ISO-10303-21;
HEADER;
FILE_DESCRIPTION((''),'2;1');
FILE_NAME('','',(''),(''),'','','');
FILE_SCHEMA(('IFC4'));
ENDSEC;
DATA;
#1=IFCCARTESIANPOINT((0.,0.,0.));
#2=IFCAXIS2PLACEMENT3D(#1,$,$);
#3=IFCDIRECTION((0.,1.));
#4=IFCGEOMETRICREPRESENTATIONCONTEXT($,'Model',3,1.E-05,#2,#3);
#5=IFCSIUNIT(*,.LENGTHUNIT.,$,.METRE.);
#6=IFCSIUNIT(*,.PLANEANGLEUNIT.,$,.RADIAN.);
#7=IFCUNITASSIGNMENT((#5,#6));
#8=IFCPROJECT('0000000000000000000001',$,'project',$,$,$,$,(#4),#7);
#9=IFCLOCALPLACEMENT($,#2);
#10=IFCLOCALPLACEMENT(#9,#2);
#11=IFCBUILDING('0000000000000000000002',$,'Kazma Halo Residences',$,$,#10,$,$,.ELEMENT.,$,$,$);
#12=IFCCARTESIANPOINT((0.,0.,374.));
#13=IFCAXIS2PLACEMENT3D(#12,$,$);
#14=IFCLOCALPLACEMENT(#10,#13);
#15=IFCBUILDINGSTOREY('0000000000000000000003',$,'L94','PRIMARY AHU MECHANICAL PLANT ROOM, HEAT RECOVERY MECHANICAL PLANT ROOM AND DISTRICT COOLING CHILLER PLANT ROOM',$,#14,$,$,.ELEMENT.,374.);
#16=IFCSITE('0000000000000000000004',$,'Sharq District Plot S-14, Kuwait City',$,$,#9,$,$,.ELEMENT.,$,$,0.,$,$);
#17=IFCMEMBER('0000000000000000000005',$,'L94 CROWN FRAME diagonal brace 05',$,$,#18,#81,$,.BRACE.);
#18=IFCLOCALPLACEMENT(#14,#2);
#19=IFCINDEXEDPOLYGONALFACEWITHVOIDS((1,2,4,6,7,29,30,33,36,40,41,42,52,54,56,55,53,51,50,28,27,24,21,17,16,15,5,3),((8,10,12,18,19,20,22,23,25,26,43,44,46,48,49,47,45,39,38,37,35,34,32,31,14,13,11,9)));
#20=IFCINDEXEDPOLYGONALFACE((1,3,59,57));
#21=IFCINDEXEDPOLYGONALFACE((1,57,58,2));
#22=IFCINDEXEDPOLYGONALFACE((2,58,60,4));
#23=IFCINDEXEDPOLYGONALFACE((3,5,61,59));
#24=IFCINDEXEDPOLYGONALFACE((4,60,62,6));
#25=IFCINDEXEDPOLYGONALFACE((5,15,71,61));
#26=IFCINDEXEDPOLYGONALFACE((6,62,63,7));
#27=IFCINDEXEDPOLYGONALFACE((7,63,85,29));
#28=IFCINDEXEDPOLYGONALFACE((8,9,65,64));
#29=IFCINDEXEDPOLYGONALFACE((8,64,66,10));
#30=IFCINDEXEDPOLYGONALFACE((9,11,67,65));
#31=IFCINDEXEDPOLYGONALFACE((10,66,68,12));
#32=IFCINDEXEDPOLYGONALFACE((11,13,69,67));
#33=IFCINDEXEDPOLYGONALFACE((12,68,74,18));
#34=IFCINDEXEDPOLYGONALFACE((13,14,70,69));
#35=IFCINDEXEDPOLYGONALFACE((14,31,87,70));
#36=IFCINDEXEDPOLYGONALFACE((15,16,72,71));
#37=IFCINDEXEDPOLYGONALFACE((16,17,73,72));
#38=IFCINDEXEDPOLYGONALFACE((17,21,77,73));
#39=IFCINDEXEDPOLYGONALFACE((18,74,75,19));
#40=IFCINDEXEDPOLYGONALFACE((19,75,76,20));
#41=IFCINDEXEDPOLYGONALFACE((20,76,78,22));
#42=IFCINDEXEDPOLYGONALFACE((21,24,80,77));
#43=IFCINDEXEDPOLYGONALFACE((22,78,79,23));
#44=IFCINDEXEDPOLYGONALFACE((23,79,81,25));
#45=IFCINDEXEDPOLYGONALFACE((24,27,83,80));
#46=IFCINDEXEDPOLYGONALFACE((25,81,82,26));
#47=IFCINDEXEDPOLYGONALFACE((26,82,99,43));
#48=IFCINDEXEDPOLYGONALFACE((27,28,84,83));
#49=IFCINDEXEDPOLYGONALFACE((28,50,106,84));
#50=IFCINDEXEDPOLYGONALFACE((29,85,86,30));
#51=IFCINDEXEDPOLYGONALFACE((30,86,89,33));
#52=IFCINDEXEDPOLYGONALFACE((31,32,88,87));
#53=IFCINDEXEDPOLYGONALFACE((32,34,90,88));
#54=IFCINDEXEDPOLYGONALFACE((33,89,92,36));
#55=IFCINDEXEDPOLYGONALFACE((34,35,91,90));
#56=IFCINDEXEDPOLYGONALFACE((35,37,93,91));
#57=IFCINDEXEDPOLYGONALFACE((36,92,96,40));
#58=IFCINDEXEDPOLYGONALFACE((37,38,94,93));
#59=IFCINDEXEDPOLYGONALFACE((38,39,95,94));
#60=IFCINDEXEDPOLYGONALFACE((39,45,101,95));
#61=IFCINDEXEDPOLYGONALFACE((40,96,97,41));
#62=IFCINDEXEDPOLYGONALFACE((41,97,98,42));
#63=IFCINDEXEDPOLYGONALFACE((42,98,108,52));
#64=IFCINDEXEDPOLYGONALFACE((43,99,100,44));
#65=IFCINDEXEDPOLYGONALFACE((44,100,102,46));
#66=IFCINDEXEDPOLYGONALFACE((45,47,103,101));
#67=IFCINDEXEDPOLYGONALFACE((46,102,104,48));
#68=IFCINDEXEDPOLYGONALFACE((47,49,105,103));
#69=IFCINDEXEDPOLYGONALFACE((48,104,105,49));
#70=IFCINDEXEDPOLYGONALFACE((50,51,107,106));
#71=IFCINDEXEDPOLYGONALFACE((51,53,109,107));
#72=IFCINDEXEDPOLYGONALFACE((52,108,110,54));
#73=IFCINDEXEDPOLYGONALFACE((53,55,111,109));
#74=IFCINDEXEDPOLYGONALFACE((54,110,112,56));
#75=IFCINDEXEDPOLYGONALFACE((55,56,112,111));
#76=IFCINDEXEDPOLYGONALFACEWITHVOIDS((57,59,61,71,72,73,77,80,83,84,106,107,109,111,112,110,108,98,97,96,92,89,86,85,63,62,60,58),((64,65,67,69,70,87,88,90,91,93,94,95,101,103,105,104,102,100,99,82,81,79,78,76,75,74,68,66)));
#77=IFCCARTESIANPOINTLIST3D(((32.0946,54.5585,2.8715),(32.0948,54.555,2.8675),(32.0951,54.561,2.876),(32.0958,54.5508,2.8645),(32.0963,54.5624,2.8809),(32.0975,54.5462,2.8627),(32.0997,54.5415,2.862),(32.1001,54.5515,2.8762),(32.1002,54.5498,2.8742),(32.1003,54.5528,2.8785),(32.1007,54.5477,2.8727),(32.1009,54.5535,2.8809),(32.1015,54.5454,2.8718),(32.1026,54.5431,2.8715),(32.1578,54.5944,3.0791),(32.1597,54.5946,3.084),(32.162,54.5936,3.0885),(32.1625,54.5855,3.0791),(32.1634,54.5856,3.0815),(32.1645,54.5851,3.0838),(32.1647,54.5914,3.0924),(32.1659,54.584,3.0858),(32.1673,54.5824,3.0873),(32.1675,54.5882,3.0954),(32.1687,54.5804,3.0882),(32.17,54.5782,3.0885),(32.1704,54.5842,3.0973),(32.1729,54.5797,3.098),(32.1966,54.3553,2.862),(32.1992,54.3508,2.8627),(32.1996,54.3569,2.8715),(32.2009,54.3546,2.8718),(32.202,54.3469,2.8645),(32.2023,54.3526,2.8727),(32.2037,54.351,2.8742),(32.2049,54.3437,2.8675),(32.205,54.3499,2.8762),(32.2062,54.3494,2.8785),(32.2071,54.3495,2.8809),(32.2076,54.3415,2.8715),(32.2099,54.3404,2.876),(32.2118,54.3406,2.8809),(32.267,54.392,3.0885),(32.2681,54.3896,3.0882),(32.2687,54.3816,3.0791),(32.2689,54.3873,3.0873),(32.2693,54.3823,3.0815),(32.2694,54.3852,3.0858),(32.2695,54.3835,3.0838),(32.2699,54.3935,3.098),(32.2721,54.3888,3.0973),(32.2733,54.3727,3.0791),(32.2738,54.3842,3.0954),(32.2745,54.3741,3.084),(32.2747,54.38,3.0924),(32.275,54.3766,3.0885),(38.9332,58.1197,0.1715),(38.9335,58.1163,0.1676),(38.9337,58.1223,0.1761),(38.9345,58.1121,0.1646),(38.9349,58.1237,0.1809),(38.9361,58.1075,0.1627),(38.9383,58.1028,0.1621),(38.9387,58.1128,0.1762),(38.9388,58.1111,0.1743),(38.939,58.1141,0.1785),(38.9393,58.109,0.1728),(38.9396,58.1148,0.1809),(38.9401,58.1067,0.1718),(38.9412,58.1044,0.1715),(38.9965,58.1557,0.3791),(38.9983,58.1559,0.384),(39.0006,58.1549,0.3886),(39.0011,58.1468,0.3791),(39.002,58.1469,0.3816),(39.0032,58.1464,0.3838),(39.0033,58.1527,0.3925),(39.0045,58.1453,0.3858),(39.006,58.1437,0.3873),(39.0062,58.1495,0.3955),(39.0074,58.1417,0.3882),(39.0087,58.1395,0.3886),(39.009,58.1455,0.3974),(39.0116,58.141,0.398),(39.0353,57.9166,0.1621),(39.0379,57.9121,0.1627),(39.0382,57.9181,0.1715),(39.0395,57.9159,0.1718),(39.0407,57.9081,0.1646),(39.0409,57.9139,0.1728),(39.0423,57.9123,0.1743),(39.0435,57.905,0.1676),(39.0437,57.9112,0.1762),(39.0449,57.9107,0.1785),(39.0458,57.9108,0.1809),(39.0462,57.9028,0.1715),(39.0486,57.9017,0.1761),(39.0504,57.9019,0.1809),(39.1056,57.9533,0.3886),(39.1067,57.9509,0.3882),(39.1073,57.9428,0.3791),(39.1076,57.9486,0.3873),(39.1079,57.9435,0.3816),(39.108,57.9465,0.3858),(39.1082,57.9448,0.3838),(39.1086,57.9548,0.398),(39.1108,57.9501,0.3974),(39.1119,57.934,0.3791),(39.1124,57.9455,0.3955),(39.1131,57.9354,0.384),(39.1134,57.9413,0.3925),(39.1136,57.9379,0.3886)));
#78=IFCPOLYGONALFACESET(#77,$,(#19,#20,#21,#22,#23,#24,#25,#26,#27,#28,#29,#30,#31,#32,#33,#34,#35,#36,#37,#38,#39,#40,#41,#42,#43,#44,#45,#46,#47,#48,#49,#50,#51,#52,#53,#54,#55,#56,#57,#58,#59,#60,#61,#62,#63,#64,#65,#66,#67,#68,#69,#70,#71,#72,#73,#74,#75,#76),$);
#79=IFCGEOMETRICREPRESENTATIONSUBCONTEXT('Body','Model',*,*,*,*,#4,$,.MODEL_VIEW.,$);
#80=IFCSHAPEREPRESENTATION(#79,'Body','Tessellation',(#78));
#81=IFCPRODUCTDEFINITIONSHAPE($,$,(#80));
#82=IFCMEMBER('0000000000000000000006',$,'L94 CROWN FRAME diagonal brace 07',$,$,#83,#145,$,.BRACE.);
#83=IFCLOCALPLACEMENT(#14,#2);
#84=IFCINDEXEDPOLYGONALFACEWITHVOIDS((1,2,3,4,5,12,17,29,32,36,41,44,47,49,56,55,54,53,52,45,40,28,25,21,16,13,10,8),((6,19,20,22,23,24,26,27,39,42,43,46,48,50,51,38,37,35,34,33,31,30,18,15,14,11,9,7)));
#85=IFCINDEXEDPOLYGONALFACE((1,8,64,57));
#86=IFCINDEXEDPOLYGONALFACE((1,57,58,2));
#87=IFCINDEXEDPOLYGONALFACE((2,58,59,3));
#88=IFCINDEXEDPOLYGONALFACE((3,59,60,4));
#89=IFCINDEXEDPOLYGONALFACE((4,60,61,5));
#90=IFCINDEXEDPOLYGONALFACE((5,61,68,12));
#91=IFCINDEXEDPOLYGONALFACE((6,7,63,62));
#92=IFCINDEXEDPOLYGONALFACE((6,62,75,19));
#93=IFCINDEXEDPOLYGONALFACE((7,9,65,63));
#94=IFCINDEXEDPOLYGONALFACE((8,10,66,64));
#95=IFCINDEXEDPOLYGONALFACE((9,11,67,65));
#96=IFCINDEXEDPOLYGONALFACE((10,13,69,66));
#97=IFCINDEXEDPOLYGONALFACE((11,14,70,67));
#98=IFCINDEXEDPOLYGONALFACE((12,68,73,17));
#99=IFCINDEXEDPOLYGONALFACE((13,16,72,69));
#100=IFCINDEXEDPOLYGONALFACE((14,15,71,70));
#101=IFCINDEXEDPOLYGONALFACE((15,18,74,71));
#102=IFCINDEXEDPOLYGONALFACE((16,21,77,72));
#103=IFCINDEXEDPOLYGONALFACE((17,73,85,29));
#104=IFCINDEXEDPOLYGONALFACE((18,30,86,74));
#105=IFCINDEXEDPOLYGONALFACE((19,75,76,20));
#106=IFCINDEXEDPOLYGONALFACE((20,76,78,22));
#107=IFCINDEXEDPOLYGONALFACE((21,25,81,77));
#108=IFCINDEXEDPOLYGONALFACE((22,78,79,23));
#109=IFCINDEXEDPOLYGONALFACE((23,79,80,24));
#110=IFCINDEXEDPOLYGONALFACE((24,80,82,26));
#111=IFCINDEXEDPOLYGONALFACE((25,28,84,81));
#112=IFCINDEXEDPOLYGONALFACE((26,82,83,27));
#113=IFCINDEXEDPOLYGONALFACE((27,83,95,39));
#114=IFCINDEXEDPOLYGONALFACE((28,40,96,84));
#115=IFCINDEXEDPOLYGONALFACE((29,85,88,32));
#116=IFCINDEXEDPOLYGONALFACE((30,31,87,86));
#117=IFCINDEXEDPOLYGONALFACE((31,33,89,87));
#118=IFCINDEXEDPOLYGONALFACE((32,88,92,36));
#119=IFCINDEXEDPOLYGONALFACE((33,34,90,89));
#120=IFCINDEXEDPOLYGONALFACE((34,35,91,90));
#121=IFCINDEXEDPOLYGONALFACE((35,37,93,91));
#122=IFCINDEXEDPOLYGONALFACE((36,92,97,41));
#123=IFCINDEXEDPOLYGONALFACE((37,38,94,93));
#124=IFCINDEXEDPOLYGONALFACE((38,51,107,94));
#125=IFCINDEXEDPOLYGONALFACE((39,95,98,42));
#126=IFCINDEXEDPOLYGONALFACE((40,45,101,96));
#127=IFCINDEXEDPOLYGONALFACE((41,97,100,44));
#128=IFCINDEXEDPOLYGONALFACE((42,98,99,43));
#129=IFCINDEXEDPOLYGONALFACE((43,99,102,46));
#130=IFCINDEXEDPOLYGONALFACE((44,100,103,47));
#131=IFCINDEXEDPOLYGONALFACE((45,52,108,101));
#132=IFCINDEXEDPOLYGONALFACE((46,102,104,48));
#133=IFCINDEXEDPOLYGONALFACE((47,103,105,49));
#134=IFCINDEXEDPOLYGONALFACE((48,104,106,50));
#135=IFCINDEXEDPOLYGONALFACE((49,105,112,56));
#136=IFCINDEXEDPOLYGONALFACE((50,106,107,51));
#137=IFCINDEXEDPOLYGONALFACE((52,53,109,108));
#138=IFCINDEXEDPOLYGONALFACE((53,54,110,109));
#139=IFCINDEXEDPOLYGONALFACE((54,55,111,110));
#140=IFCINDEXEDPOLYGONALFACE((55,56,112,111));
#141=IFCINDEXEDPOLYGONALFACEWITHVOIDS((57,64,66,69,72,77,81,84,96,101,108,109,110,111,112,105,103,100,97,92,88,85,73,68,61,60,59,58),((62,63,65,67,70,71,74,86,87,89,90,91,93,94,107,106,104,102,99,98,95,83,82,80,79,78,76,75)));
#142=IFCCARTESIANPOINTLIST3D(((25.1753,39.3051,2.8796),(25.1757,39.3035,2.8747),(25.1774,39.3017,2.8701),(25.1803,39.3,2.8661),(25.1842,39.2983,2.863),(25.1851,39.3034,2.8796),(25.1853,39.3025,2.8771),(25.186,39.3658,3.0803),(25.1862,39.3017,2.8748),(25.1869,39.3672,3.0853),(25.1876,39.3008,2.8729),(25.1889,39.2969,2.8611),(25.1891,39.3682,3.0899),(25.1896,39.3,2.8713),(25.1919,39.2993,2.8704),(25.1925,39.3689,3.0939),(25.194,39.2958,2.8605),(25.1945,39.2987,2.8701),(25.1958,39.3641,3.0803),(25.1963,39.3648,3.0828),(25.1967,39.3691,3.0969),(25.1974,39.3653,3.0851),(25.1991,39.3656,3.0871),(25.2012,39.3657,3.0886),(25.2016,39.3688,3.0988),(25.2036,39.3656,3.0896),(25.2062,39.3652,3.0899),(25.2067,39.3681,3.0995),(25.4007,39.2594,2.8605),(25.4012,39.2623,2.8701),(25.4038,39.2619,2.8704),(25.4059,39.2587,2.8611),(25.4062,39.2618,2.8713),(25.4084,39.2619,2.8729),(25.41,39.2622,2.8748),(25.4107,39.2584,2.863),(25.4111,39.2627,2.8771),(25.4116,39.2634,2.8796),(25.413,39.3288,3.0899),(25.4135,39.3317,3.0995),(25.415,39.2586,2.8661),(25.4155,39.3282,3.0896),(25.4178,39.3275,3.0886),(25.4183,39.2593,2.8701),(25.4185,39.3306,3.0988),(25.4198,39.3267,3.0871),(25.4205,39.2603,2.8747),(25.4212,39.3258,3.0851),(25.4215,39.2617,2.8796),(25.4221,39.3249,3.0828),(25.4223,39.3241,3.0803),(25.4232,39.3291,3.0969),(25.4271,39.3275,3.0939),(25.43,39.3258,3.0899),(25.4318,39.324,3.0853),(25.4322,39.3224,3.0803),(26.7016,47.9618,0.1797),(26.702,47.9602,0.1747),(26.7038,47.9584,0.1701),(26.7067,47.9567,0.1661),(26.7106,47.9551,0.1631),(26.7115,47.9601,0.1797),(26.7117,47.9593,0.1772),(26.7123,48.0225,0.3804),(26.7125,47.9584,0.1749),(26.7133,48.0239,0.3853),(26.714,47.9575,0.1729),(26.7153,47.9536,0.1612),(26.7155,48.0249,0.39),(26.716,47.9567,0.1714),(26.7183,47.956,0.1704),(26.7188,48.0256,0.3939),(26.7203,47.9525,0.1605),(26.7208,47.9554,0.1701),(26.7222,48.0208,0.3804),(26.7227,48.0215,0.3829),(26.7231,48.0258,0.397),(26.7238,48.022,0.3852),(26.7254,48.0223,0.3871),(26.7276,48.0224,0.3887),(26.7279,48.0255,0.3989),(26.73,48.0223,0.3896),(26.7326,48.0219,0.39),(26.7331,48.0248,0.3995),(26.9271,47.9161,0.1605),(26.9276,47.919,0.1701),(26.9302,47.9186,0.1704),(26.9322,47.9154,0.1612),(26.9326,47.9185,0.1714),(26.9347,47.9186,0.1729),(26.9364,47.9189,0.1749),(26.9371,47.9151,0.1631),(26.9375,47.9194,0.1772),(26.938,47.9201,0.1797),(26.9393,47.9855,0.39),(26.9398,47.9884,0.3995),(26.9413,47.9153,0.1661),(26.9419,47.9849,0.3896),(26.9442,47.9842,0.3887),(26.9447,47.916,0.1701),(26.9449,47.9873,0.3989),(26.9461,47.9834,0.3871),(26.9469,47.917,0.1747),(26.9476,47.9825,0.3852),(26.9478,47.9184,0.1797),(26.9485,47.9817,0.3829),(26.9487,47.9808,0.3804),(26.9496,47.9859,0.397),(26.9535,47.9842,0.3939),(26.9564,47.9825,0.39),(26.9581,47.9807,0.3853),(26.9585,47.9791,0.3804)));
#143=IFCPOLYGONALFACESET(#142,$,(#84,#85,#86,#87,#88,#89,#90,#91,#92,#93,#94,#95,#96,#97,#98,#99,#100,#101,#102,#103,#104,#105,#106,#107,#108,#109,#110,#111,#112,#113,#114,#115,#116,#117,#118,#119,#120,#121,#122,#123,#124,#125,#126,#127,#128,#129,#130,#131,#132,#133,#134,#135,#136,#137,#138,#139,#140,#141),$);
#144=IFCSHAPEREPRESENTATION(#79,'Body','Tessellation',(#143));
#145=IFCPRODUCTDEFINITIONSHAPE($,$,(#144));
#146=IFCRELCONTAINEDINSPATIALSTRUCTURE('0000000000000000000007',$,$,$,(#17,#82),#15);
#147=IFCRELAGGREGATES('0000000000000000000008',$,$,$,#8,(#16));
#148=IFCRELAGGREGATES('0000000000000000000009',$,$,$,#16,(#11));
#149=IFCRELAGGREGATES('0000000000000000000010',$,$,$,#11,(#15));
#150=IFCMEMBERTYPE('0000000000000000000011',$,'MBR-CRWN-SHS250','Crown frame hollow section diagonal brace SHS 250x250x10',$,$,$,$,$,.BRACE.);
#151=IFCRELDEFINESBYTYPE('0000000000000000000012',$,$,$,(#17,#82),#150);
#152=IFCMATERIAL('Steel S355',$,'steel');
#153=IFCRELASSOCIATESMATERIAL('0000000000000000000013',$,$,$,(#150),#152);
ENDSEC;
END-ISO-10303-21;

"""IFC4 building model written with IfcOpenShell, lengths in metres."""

from ifc_helpers import new_model, si_unit, direction, frame, origin, origin_2d, place, context, subcontext, project, spatial, hollow_rectangle, extrude, material, material_profile, profile_set, type_object, element, save


model = new_model("IFC4")

# Units and contexts
model_context = context("Model", 3, precision=1e-05, world=origin(), true_north=direction((0.0, 1.0)))
body_context = subcontext(model_context, "Body", "Model", "MODEL_VIEW")
ifc_project = project(units=[si_unit("LENGTHUNIT", "METRE"), si_unit("PLANEANGLEUNIT", "RADIAN")], contexts=[model_context])

# Site, building, storey
site_placement = place(None, origin())
site = spatial("IfcSite", under=ifc_project, at=site_placement, Name="Sharq District Plot S-14, Kuwait City", CompositionType="ELEMENT", RefElevation=0.0)
building_placement = place(site_placement, origin())
building = spatial("IfcBuilding", under=site, at=building_placement, Name="Kazma Halo Residences", CompositionType="ELEMENT")
storey_placement = place(building_placement, frame((0.0, 0.0, 374.0)))
storey = spatial("IfcBuildingStorey", under=building, at=storey_placement, Name="L94", Description="PRIMARY AHU MECHANICAL PLANT ROOM, HEAT RECOVERY MECHANICAL PLANT ROOM AND DISTRICT COOLING CHILLER PLANT ROOM", CompositionType="ELEMENT", Elevation=374.0)

# Shared definitions
ifc_material_1 = material(Name="Steel S355", Category="steel")

# Members
ifc_material_profile_1 = material_profile(ifc_material_1, hollow_rectangle(XDim=0.25, YDim=0.25, WallThickness=0.01, InnerFilletRadius=0.01, OuterFilletRadius=0.02, at=origin_2d()), Name="SHS250x250x10")
ifc_profile_set_1 = profile_set([ifc_material_profile_1], Name="Steel S355")
member_type_1 = type_object("IfcMemberType", Name="MBR-CRWN-SHS250", Description="Crown frame hollow section diagonal brace SHS 250x250x10", PredefinedType="BRACE", material=ifc_profile_set_1)
member_1_placement = place(storey_placement, frame((39.0234, 58.0288, 0.28), z_axis=(-0.837102, -0.435929, 0.330495), x_axis=(0.461883, -0.886941, 0.0)))
element("IfcMember", 1, at=member_1_placement, inside=storey, type_object=member_type_1, Name="L94 CROWN FRAME diagonal brace 05", PredefinedType="BRACE", context=body_context, shape_type="SweptSolid", body=[
    extrude(hollow_rectangle(XDim=0.25, YDim=0.25, WallThickness=0.01, InnerFilletRadius=0.01, OuterFilletRadius=0.02, at=origin_2d()), origin(), (0.0, 0.0, 1.0), 8.1694),
])
member_2_placement = place(storey_placement, frame((26.8301, 47.9705, 0.28), z_axis=(-0.165989, -0.941402, 0.293614), x_axis=(0.984809, -0.173643, 0.0)))
element("IfcMember", 2, at=member_2_placement, inside=storey, type_object=member_type_1, Name="L94 CROWN FRAME diagonal brace 07", PredefinedType="BRACE", context=body_context, shape_type="SweptSolid", body=[
    extrude(hollow_rectangle(XDim=0.25, YDim=0.25, WallThickness=0.01, InnerFilletRadius=0.01, OuterFilletRadius=0.02, at=origin_2d()), origin(), (0.0, 0.0, 1.0), 9.1956),
])

save(model, "model.ifc")
